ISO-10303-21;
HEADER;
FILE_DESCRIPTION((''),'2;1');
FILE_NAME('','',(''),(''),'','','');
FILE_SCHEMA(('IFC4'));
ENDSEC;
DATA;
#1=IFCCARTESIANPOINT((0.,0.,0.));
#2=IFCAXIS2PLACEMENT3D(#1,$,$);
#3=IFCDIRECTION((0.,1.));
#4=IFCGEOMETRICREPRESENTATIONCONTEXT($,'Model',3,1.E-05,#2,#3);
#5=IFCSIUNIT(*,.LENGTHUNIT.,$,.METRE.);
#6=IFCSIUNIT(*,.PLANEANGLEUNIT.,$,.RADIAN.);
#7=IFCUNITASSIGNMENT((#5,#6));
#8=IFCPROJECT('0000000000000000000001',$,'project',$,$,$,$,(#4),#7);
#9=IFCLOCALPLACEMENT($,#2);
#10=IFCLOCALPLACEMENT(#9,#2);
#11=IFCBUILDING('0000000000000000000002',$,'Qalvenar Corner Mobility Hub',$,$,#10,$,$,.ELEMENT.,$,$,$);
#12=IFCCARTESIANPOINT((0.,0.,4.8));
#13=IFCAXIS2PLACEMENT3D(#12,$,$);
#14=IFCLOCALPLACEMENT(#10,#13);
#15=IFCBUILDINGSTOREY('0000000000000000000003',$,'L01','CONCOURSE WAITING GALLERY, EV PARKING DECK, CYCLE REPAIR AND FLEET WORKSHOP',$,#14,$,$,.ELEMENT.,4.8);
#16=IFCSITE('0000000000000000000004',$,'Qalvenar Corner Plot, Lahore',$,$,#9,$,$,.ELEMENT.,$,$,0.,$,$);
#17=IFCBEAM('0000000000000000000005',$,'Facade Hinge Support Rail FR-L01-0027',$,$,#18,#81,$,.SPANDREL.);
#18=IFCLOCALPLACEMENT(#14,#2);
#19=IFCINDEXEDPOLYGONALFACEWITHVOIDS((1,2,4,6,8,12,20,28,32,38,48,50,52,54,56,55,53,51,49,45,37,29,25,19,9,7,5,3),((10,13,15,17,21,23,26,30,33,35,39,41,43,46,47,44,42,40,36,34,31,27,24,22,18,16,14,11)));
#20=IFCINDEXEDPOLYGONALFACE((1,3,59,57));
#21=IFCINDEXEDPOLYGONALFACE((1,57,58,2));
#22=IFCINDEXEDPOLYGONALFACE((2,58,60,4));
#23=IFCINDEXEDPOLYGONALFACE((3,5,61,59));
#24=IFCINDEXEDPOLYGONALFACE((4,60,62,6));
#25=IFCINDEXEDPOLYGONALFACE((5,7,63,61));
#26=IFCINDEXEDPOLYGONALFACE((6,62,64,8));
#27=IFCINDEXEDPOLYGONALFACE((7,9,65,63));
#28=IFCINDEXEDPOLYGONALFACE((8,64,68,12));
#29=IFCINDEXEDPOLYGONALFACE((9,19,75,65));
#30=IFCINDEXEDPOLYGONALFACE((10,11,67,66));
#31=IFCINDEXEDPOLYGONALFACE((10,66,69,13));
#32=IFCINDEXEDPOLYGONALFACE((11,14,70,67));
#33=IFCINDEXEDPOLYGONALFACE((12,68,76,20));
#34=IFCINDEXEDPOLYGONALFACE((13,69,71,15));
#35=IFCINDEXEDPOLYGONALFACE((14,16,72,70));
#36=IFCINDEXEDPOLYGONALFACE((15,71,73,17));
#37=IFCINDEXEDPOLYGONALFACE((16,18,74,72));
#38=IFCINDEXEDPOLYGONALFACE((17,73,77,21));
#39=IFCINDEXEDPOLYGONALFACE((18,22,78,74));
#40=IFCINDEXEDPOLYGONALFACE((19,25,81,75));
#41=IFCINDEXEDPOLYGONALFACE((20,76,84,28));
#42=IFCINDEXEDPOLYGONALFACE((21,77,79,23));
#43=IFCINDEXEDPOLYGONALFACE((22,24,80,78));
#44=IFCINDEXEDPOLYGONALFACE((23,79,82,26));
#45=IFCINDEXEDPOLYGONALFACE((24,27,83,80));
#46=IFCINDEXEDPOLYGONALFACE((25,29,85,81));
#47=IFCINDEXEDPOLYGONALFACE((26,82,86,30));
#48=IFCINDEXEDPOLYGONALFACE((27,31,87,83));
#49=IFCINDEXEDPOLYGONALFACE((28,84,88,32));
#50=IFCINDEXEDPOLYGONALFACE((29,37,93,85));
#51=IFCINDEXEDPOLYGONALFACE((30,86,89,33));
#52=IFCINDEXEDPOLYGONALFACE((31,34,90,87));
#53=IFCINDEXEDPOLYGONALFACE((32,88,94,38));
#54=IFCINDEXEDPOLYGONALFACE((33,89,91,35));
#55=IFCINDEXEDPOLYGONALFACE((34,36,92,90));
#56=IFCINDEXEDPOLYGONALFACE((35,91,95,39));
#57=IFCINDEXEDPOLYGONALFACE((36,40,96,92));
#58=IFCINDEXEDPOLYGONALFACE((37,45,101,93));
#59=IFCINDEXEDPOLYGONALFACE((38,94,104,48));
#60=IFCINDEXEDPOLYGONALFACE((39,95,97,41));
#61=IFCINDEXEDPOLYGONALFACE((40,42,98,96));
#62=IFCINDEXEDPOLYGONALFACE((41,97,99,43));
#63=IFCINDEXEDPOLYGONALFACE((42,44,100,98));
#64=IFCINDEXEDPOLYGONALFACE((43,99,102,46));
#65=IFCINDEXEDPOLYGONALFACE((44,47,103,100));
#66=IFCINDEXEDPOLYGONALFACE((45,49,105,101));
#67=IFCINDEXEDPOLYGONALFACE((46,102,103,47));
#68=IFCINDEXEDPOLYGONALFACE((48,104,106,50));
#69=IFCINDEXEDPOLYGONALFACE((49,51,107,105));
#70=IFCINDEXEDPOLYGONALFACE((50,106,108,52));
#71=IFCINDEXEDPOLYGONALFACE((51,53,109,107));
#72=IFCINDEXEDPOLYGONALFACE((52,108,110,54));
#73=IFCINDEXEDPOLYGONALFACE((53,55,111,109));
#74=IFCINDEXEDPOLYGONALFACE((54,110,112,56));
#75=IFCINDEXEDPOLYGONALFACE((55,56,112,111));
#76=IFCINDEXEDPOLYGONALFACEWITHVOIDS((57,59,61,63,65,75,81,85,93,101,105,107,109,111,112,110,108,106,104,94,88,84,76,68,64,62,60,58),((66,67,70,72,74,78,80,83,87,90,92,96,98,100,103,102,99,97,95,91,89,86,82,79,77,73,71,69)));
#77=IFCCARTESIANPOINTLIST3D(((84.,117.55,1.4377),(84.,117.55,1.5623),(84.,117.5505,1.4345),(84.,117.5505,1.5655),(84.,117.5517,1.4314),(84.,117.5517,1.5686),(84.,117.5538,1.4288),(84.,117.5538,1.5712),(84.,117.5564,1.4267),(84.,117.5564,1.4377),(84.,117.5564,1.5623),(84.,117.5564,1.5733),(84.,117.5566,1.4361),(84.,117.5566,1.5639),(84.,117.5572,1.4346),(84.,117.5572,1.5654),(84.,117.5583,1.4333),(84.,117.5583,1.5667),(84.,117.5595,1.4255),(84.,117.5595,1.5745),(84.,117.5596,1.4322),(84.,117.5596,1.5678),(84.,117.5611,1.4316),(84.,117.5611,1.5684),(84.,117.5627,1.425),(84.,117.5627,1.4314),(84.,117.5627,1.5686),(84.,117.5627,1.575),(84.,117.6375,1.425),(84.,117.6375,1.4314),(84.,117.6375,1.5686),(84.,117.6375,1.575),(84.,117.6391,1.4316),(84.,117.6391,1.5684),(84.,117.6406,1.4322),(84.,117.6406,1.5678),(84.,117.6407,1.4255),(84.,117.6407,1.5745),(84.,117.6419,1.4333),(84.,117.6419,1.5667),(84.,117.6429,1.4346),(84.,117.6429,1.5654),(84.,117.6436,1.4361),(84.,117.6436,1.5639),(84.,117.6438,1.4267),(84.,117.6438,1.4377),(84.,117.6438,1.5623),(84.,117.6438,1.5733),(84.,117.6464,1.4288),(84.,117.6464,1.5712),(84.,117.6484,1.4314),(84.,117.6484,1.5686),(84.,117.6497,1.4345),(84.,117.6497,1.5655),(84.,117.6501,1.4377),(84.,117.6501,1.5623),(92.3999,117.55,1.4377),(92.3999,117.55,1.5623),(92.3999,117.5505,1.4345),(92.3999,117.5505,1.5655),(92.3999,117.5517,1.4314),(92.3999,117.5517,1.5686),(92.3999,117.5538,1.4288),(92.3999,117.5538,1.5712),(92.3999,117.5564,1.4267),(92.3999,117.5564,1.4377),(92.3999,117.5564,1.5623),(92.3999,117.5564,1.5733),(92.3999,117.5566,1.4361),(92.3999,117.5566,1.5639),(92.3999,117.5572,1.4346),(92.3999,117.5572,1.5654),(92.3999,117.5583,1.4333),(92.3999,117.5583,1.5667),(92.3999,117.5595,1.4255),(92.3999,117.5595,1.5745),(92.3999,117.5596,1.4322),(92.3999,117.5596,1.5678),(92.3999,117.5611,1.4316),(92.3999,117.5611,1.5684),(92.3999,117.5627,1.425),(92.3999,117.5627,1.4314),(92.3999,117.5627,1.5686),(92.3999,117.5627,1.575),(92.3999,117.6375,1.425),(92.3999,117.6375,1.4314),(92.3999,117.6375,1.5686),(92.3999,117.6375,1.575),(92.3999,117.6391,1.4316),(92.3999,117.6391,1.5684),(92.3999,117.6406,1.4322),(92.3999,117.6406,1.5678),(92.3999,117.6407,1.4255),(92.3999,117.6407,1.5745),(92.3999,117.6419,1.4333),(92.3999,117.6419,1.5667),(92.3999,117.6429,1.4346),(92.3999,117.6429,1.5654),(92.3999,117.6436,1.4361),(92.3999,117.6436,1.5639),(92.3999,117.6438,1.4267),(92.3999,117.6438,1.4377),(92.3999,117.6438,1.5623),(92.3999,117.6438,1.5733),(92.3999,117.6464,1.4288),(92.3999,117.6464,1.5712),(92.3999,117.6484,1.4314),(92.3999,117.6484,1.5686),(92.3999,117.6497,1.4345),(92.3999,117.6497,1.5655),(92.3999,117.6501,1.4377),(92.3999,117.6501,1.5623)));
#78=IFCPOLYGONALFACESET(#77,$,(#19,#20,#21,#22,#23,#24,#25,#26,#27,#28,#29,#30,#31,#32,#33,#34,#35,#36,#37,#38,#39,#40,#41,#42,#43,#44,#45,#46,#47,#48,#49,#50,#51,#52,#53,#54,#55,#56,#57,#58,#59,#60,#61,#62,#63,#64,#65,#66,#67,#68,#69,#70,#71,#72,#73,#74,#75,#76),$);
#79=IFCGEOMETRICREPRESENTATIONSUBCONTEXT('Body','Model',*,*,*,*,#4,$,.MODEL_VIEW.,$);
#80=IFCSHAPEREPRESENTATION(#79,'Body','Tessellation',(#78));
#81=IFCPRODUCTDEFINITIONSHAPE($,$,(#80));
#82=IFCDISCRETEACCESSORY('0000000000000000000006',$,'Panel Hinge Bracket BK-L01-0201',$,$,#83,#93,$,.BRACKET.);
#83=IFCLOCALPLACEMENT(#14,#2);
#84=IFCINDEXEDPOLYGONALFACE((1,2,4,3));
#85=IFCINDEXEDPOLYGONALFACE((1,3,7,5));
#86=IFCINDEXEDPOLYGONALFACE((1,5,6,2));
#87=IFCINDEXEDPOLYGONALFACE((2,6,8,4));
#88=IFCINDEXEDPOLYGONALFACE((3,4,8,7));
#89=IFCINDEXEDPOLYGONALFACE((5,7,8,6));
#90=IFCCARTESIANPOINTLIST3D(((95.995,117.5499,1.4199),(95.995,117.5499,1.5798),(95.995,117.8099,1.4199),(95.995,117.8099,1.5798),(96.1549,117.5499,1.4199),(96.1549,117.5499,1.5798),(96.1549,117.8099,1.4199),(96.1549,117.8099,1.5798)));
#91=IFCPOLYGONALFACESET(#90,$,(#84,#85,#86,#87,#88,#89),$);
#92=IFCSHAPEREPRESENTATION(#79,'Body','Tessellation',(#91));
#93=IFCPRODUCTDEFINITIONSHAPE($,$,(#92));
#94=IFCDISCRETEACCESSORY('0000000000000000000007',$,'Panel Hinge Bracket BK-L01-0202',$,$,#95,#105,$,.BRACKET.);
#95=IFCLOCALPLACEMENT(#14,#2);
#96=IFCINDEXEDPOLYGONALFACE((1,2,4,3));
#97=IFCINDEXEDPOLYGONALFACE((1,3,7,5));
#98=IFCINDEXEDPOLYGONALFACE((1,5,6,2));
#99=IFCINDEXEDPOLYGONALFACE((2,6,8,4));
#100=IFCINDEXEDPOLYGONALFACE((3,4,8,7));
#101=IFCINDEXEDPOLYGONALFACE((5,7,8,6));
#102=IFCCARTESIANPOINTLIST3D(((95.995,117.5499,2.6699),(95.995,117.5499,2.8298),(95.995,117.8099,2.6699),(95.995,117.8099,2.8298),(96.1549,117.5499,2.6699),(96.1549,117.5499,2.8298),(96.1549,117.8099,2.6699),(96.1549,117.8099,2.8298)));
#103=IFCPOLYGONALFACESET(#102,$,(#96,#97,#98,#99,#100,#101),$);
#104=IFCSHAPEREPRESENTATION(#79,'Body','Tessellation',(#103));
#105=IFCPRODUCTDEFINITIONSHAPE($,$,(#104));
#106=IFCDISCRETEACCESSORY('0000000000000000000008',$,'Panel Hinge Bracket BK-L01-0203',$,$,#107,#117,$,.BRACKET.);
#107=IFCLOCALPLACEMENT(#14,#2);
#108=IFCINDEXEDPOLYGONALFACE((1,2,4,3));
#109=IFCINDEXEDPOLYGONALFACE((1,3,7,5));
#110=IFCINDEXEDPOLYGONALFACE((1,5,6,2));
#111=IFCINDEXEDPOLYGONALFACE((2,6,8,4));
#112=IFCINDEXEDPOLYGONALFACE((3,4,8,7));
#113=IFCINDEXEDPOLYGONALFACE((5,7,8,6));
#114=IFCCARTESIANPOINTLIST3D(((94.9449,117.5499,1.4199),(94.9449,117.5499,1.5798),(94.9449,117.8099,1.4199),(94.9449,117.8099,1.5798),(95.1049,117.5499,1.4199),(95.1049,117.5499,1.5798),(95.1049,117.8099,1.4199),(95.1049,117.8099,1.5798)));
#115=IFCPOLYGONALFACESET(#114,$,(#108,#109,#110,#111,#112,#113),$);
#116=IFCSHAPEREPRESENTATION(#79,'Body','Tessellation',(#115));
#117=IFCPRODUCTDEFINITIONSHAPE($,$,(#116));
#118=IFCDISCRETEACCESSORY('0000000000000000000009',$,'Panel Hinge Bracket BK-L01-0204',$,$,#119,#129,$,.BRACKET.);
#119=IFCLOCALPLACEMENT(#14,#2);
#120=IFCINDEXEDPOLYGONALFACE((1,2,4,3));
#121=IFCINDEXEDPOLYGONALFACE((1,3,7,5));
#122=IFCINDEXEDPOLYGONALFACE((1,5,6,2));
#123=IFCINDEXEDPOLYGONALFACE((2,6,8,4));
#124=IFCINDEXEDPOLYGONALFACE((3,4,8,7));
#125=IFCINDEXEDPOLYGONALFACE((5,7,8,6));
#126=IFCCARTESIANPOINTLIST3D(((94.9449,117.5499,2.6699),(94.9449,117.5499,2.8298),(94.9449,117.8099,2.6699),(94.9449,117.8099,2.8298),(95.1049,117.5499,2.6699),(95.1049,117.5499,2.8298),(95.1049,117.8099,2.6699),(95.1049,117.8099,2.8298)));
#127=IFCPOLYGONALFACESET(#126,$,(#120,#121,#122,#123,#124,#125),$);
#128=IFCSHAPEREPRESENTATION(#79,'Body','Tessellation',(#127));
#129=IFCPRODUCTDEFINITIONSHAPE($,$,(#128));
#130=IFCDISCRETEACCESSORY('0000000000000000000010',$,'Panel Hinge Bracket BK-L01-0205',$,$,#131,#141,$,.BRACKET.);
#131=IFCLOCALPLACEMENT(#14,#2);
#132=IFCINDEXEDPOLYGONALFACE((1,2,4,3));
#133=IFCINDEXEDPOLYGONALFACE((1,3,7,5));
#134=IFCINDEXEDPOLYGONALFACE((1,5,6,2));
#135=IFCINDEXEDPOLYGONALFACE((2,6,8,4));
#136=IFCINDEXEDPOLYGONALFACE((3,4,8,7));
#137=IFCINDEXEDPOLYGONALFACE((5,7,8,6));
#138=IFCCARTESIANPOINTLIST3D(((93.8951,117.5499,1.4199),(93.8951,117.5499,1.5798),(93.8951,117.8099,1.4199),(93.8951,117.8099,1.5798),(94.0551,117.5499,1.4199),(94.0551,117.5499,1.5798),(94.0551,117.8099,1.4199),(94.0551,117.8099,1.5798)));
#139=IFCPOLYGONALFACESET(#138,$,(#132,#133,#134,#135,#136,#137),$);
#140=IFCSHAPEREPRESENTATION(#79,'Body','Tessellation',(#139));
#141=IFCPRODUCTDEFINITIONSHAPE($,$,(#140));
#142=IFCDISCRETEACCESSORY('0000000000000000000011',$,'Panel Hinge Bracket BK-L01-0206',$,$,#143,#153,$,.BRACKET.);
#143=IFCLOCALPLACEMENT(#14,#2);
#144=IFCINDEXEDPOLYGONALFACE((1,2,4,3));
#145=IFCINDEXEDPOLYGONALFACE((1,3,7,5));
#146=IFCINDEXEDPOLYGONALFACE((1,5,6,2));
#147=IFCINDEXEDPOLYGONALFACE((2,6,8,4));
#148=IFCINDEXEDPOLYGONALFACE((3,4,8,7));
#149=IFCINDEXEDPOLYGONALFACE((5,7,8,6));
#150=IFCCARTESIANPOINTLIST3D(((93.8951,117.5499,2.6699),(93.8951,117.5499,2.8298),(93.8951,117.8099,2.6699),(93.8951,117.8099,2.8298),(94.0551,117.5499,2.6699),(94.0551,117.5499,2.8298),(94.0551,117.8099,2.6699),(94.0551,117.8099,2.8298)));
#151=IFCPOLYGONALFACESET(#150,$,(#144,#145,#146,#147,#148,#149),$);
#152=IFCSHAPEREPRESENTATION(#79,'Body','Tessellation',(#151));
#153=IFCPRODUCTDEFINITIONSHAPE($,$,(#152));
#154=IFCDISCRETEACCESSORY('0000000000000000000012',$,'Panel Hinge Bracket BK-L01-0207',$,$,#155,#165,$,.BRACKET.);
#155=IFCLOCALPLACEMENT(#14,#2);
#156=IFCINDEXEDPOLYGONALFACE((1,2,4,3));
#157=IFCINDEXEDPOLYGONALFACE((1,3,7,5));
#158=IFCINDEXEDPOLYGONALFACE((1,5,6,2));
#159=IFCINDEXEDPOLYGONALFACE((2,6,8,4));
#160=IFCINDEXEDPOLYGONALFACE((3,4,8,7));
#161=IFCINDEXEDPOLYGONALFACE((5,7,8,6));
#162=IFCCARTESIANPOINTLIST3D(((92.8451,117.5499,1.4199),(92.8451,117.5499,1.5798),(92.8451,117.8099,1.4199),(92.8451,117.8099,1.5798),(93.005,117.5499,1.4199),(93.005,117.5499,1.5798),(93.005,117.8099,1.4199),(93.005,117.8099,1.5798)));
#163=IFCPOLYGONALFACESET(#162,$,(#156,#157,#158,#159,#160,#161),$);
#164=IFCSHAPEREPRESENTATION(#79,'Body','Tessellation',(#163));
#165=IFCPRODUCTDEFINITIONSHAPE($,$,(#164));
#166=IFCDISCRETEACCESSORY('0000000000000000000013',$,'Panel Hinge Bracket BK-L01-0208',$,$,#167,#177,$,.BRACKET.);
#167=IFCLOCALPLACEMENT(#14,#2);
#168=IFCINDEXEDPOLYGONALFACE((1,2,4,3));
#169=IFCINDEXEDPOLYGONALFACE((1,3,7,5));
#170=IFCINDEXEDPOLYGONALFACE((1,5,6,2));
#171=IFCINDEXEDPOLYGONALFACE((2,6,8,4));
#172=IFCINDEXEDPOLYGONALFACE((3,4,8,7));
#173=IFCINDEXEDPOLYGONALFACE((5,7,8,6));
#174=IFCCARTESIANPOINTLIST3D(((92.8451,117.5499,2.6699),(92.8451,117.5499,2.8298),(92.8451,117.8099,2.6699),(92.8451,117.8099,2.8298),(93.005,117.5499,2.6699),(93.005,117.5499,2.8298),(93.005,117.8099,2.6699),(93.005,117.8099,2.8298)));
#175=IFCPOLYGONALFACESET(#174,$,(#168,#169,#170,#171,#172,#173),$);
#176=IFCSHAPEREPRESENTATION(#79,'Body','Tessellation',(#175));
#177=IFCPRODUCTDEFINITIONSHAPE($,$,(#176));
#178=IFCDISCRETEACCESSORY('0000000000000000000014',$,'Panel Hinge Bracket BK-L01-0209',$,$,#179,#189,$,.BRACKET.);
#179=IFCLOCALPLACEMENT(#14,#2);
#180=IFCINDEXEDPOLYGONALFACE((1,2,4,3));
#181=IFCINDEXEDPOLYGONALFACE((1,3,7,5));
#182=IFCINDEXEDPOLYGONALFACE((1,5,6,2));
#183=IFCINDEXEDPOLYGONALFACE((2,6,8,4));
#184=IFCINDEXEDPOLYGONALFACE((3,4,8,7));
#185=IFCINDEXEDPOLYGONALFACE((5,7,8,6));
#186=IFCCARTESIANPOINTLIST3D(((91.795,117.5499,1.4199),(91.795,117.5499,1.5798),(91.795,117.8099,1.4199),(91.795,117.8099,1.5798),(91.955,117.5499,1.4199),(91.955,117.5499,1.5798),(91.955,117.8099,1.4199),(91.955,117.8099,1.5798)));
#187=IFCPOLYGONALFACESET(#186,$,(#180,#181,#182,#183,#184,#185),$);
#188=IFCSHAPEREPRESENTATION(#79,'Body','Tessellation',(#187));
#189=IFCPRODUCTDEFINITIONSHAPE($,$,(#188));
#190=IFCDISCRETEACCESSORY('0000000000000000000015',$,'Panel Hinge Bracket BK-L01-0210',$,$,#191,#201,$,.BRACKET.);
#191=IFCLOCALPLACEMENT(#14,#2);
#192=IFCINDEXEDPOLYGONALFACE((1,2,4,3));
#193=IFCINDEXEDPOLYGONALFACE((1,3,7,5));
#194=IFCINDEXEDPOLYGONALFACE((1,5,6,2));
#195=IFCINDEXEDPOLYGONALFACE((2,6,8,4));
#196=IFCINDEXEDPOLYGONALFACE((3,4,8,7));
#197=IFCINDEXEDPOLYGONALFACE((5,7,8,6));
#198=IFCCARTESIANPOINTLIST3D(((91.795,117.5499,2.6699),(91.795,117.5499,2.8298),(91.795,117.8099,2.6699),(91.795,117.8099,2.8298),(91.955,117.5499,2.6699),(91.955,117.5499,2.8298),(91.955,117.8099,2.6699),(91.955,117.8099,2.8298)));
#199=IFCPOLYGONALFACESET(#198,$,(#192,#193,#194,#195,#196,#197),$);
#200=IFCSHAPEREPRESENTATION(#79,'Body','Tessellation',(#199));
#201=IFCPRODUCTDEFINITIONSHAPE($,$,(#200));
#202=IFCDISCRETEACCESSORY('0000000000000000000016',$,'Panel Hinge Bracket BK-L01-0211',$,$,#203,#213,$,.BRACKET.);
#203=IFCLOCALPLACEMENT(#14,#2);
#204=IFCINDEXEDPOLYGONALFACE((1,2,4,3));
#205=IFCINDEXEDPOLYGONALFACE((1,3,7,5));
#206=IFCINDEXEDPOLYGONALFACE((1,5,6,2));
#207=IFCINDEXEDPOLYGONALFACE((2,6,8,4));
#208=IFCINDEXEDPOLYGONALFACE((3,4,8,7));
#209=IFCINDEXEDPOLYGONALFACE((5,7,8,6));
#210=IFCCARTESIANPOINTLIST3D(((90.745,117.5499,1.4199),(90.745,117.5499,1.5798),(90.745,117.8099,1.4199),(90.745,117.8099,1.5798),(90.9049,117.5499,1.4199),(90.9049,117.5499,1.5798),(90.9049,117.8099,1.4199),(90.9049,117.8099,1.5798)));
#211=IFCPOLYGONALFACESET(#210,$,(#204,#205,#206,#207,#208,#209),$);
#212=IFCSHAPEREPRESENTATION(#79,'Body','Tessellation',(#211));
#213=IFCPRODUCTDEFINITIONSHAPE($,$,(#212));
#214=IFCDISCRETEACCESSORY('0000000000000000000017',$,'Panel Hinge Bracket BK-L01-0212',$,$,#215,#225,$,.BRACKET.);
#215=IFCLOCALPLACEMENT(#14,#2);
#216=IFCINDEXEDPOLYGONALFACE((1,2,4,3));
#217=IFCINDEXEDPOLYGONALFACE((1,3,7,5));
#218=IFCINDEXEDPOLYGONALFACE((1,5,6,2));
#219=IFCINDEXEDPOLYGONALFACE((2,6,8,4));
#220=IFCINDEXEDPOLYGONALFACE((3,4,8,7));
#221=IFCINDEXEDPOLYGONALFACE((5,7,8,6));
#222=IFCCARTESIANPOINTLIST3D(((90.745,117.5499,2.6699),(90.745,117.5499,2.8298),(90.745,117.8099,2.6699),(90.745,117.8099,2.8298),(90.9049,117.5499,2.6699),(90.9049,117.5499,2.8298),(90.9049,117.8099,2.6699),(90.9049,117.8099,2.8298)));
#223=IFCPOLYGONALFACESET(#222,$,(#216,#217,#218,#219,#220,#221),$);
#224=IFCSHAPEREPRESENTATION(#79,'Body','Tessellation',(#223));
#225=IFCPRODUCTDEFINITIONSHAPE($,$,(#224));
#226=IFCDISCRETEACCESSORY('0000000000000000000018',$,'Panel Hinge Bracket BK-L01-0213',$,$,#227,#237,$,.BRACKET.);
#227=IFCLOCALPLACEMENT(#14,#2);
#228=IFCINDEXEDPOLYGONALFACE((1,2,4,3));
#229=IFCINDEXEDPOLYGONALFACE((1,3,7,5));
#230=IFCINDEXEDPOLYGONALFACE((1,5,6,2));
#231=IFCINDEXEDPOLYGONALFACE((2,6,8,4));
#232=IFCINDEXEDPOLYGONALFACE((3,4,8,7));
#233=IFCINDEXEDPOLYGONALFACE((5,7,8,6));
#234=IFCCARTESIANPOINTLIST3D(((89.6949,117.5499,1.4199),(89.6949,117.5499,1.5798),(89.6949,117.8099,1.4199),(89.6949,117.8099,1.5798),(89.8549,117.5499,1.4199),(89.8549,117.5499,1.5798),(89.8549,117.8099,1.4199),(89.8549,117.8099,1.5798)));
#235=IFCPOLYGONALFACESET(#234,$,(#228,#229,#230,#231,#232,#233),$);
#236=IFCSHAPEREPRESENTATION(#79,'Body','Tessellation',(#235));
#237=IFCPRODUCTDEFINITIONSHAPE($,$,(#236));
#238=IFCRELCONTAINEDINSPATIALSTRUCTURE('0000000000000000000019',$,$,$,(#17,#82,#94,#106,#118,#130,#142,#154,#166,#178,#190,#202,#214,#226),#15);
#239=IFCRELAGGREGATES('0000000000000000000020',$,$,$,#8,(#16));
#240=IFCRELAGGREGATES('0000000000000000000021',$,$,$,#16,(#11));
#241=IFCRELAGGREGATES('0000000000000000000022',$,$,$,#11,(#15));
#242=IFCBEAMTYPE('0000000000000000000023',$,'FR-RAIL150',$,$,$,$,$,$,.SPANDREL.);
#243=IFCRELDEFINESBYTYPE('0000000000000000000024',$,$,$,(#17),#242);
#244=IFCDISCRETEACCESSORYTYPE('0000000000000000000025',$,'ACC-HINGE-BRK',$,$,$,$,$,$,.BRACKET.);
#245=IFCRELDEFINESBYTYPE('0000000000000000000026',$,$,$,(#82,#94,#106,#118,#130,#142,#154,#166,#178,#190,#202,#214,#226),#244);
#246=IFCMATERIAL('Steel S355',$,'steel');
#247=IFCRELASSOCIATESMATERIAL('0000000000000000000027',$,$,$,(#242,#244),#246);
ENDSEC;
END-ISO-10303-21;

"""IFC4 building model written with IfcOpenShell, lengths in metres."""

from ifc_helpers import new_model, si_unit, direction, frame, origin, origin_2d, place, context, subcontext, project, spatial, rectangle, hollow_rectangle, extrude, material, material_profile, profile_set, type_object, element, save


model = new_model("IFC4")

# Units and contexts
model_context = context("Model", 3, precision=1e-05, world=origin(), true_north=direction((0.0, 1.0)))
body_context = subcontext(model_context, "Body", "Model", "MODEL_VIEW")
ifc_project = project(units=[si_unit("LENGTHUNIT", "METRE"), si_unit("PLANEANGLEUNIT", "RADIAN")], contexts=[model_context])

# Site, building, storey
site_placement = place(None, origin())
site = spatial("IfcSite", under=ifc_project, at=site_placement, Name="Qalvenar Corner Plot, Lahore", CompositionType="ELEMENT", RefElevation=0.0)
building_placement = place(site_placement, origin())
building = spatial("IfcBuilding", under=site, at=building_placement, Name="Qalvenar Corner Mobility Hub", CompositionType="ELEMENT")
storey_placement = place(building_placement, frame((0.0, 0.0, 4.8)))
storey = spatial("IfcBuildingStorey", under=building, at=storey_placement, Name="L01", Description="CONCOURSE WAITING GALLERY, EV PARKING DECK, CYCLE REPAIR AND FLEET WORKSHOP", CompositionType="ELEMENT", Elevation=4.8)

# Shared definitions
ifc_material = material(Name="Steel S355", Category="steel")

# Beam
ifc_material_profile_1 = material_profile(ifc_material, hollow_rectangle(XDim=0.1001, YDim=0.1499, WallThickness=0.0063, InnerFilletRadius=0.0063, OuterFilletRadius=0.0127, at=origin_2d()), Name="RHS150x100x6.3")
ifc_profile_set_1 = profile_set([ifc_material_profile_1], Name="Steel S355")
beam_type_1 = type_object("IfcBeamType", Name="FR-RAIL150", PredefinedType="SPANDREL", material=ifc_profile_set_1)
beam_1_placement = place(storey_placement, frame((92.3999, 117.6001, 1.5), z_axis=(-1.0, 0.0, 0.0), x_axis=(0.0, -1.0, 0.0)))
element("IfcBeam", 1, at=beam_1_placement, inside=storey, type_object=beam_type_1, Name="Facade Hinge Support Rail FR-L01-0027", PredefinedType="SPANDREL", context=body_context, shape_type="SweptSolid", body=[
    extrude(hollow_rectangle(XDim=0.1001, YDim=0.1499, WallThickness=0.0063, InnerFilletRadius=0.0063, OuterFilletRadius=0.0127, at=origin_2d()), origin(), (0.0, 0.0, 1.0), 8.3999),
])

# Discrete accessories
discrete_accessory_type = type_object("IfcDiscreteAccessoryType", Name="ACC-HINGE-BRK", PredefinedType="BRACKET", material=ifc_material)
for number, where, z_axis, x_axis, name in (
    (2, (96.075, 117.6799, 1.4199), (0.0, 0.0, 1.0), (-1.0, 0.0, 0.0), "Panel Hinge Bracket BK-L01-0201"),
    (3, (96.075, 117.6799, 2.6699), (0.0, 0.0, 1.0), (-1.0, 0.0, 0.0), "Panel Hinge Bracket BK-L01-0202"),
    (4, (95.0249, 117.6799, 1.4199), (0.0, 0.0, 1.0), (-1.0, 0.0, 0.0), "Panel Hinge Bracket BK-L01-0203"),
    (5, (95.0249, 117.6799, 2.6699), (0.0, 0.0, 1.0), (-1.0, 0.0, 0.0), "Panel Hinge Bracket BK-L01-0204"),
    (6, (93.9751, 117.6799, 1.4199), (0.0, 0.0, 1.0), (-1.0, 0.0, 0.0), "Panel Hinge Bracket BK-L01-0205"),
    (7, (93.9751, 117.6799, 2.6699), (0.0, 0.0, 1.0), (-1.0, 0.0, 0.0), "Panel Hinge Bracket BK-L01-0206"),
    (8, (92.925, 117.6799, 1.4199), (0.0, 0.0, 1.0), (-1.0, 0.0, 0.0), "Panel Hinge Bracket BK-L01-0207"),
    (9, (92.925, 117.6799, 2.6699), (0.0, 0.0, 1.0), (-1.0, 0.0, 0.0), "Panel Hinge Bracket BK-L01-0208"),
    (10, (91.875, 117.6799, 1.4199), (0.0, 0.0, 1.0), (-1.0, 0.0, 0.0), "Panel Hinge Bracket BK-L01-0209"),
    (11, (91.875, 117.6799, 2.6699), (0.0, 0.0, 1.0), (-1.0, 0.0, 0.0), "Panel Hinge Bracket BK-L01-0210"),
    (12, (90.825, 117.6799, 1.4199), (0.0, 0.0, 1.0), (-1.0, 0.0, 0.0), "Panel Hinge Bracket BK-L01-0211"),
    (13, (90.825, 117.6799, 2.6699), (0.0, 0.0, 1.0), (-1.0, 0.0, 0.0), "Panel Hinge Bracket BK-L01-0212"),
    (14, (89.7749, 117.6799, 1.4199), (0.0, 0.0, 1.0), (-1.0, 0.0, 0.0), "Panel Hinge Bracket BK-L01-0213"),
):
    element("IfcDiscreteAccessory", number, at=place(storey_placement, frame(where, z_axis=z_axis, x_axis=x_axis)), inside=storey, type_object=discrete_accessory_type, Name=name, PredefinedType="BRACKET", context=body_context, shape_type="SweptSolid", body=[
        extrude(rectangle(XDim=0.1599, YDim=0.26, at=origin_2d()), origin(), (0.0, 0.0, 1.0), 0.1599),
    ])

save(model, "model.ifc")
